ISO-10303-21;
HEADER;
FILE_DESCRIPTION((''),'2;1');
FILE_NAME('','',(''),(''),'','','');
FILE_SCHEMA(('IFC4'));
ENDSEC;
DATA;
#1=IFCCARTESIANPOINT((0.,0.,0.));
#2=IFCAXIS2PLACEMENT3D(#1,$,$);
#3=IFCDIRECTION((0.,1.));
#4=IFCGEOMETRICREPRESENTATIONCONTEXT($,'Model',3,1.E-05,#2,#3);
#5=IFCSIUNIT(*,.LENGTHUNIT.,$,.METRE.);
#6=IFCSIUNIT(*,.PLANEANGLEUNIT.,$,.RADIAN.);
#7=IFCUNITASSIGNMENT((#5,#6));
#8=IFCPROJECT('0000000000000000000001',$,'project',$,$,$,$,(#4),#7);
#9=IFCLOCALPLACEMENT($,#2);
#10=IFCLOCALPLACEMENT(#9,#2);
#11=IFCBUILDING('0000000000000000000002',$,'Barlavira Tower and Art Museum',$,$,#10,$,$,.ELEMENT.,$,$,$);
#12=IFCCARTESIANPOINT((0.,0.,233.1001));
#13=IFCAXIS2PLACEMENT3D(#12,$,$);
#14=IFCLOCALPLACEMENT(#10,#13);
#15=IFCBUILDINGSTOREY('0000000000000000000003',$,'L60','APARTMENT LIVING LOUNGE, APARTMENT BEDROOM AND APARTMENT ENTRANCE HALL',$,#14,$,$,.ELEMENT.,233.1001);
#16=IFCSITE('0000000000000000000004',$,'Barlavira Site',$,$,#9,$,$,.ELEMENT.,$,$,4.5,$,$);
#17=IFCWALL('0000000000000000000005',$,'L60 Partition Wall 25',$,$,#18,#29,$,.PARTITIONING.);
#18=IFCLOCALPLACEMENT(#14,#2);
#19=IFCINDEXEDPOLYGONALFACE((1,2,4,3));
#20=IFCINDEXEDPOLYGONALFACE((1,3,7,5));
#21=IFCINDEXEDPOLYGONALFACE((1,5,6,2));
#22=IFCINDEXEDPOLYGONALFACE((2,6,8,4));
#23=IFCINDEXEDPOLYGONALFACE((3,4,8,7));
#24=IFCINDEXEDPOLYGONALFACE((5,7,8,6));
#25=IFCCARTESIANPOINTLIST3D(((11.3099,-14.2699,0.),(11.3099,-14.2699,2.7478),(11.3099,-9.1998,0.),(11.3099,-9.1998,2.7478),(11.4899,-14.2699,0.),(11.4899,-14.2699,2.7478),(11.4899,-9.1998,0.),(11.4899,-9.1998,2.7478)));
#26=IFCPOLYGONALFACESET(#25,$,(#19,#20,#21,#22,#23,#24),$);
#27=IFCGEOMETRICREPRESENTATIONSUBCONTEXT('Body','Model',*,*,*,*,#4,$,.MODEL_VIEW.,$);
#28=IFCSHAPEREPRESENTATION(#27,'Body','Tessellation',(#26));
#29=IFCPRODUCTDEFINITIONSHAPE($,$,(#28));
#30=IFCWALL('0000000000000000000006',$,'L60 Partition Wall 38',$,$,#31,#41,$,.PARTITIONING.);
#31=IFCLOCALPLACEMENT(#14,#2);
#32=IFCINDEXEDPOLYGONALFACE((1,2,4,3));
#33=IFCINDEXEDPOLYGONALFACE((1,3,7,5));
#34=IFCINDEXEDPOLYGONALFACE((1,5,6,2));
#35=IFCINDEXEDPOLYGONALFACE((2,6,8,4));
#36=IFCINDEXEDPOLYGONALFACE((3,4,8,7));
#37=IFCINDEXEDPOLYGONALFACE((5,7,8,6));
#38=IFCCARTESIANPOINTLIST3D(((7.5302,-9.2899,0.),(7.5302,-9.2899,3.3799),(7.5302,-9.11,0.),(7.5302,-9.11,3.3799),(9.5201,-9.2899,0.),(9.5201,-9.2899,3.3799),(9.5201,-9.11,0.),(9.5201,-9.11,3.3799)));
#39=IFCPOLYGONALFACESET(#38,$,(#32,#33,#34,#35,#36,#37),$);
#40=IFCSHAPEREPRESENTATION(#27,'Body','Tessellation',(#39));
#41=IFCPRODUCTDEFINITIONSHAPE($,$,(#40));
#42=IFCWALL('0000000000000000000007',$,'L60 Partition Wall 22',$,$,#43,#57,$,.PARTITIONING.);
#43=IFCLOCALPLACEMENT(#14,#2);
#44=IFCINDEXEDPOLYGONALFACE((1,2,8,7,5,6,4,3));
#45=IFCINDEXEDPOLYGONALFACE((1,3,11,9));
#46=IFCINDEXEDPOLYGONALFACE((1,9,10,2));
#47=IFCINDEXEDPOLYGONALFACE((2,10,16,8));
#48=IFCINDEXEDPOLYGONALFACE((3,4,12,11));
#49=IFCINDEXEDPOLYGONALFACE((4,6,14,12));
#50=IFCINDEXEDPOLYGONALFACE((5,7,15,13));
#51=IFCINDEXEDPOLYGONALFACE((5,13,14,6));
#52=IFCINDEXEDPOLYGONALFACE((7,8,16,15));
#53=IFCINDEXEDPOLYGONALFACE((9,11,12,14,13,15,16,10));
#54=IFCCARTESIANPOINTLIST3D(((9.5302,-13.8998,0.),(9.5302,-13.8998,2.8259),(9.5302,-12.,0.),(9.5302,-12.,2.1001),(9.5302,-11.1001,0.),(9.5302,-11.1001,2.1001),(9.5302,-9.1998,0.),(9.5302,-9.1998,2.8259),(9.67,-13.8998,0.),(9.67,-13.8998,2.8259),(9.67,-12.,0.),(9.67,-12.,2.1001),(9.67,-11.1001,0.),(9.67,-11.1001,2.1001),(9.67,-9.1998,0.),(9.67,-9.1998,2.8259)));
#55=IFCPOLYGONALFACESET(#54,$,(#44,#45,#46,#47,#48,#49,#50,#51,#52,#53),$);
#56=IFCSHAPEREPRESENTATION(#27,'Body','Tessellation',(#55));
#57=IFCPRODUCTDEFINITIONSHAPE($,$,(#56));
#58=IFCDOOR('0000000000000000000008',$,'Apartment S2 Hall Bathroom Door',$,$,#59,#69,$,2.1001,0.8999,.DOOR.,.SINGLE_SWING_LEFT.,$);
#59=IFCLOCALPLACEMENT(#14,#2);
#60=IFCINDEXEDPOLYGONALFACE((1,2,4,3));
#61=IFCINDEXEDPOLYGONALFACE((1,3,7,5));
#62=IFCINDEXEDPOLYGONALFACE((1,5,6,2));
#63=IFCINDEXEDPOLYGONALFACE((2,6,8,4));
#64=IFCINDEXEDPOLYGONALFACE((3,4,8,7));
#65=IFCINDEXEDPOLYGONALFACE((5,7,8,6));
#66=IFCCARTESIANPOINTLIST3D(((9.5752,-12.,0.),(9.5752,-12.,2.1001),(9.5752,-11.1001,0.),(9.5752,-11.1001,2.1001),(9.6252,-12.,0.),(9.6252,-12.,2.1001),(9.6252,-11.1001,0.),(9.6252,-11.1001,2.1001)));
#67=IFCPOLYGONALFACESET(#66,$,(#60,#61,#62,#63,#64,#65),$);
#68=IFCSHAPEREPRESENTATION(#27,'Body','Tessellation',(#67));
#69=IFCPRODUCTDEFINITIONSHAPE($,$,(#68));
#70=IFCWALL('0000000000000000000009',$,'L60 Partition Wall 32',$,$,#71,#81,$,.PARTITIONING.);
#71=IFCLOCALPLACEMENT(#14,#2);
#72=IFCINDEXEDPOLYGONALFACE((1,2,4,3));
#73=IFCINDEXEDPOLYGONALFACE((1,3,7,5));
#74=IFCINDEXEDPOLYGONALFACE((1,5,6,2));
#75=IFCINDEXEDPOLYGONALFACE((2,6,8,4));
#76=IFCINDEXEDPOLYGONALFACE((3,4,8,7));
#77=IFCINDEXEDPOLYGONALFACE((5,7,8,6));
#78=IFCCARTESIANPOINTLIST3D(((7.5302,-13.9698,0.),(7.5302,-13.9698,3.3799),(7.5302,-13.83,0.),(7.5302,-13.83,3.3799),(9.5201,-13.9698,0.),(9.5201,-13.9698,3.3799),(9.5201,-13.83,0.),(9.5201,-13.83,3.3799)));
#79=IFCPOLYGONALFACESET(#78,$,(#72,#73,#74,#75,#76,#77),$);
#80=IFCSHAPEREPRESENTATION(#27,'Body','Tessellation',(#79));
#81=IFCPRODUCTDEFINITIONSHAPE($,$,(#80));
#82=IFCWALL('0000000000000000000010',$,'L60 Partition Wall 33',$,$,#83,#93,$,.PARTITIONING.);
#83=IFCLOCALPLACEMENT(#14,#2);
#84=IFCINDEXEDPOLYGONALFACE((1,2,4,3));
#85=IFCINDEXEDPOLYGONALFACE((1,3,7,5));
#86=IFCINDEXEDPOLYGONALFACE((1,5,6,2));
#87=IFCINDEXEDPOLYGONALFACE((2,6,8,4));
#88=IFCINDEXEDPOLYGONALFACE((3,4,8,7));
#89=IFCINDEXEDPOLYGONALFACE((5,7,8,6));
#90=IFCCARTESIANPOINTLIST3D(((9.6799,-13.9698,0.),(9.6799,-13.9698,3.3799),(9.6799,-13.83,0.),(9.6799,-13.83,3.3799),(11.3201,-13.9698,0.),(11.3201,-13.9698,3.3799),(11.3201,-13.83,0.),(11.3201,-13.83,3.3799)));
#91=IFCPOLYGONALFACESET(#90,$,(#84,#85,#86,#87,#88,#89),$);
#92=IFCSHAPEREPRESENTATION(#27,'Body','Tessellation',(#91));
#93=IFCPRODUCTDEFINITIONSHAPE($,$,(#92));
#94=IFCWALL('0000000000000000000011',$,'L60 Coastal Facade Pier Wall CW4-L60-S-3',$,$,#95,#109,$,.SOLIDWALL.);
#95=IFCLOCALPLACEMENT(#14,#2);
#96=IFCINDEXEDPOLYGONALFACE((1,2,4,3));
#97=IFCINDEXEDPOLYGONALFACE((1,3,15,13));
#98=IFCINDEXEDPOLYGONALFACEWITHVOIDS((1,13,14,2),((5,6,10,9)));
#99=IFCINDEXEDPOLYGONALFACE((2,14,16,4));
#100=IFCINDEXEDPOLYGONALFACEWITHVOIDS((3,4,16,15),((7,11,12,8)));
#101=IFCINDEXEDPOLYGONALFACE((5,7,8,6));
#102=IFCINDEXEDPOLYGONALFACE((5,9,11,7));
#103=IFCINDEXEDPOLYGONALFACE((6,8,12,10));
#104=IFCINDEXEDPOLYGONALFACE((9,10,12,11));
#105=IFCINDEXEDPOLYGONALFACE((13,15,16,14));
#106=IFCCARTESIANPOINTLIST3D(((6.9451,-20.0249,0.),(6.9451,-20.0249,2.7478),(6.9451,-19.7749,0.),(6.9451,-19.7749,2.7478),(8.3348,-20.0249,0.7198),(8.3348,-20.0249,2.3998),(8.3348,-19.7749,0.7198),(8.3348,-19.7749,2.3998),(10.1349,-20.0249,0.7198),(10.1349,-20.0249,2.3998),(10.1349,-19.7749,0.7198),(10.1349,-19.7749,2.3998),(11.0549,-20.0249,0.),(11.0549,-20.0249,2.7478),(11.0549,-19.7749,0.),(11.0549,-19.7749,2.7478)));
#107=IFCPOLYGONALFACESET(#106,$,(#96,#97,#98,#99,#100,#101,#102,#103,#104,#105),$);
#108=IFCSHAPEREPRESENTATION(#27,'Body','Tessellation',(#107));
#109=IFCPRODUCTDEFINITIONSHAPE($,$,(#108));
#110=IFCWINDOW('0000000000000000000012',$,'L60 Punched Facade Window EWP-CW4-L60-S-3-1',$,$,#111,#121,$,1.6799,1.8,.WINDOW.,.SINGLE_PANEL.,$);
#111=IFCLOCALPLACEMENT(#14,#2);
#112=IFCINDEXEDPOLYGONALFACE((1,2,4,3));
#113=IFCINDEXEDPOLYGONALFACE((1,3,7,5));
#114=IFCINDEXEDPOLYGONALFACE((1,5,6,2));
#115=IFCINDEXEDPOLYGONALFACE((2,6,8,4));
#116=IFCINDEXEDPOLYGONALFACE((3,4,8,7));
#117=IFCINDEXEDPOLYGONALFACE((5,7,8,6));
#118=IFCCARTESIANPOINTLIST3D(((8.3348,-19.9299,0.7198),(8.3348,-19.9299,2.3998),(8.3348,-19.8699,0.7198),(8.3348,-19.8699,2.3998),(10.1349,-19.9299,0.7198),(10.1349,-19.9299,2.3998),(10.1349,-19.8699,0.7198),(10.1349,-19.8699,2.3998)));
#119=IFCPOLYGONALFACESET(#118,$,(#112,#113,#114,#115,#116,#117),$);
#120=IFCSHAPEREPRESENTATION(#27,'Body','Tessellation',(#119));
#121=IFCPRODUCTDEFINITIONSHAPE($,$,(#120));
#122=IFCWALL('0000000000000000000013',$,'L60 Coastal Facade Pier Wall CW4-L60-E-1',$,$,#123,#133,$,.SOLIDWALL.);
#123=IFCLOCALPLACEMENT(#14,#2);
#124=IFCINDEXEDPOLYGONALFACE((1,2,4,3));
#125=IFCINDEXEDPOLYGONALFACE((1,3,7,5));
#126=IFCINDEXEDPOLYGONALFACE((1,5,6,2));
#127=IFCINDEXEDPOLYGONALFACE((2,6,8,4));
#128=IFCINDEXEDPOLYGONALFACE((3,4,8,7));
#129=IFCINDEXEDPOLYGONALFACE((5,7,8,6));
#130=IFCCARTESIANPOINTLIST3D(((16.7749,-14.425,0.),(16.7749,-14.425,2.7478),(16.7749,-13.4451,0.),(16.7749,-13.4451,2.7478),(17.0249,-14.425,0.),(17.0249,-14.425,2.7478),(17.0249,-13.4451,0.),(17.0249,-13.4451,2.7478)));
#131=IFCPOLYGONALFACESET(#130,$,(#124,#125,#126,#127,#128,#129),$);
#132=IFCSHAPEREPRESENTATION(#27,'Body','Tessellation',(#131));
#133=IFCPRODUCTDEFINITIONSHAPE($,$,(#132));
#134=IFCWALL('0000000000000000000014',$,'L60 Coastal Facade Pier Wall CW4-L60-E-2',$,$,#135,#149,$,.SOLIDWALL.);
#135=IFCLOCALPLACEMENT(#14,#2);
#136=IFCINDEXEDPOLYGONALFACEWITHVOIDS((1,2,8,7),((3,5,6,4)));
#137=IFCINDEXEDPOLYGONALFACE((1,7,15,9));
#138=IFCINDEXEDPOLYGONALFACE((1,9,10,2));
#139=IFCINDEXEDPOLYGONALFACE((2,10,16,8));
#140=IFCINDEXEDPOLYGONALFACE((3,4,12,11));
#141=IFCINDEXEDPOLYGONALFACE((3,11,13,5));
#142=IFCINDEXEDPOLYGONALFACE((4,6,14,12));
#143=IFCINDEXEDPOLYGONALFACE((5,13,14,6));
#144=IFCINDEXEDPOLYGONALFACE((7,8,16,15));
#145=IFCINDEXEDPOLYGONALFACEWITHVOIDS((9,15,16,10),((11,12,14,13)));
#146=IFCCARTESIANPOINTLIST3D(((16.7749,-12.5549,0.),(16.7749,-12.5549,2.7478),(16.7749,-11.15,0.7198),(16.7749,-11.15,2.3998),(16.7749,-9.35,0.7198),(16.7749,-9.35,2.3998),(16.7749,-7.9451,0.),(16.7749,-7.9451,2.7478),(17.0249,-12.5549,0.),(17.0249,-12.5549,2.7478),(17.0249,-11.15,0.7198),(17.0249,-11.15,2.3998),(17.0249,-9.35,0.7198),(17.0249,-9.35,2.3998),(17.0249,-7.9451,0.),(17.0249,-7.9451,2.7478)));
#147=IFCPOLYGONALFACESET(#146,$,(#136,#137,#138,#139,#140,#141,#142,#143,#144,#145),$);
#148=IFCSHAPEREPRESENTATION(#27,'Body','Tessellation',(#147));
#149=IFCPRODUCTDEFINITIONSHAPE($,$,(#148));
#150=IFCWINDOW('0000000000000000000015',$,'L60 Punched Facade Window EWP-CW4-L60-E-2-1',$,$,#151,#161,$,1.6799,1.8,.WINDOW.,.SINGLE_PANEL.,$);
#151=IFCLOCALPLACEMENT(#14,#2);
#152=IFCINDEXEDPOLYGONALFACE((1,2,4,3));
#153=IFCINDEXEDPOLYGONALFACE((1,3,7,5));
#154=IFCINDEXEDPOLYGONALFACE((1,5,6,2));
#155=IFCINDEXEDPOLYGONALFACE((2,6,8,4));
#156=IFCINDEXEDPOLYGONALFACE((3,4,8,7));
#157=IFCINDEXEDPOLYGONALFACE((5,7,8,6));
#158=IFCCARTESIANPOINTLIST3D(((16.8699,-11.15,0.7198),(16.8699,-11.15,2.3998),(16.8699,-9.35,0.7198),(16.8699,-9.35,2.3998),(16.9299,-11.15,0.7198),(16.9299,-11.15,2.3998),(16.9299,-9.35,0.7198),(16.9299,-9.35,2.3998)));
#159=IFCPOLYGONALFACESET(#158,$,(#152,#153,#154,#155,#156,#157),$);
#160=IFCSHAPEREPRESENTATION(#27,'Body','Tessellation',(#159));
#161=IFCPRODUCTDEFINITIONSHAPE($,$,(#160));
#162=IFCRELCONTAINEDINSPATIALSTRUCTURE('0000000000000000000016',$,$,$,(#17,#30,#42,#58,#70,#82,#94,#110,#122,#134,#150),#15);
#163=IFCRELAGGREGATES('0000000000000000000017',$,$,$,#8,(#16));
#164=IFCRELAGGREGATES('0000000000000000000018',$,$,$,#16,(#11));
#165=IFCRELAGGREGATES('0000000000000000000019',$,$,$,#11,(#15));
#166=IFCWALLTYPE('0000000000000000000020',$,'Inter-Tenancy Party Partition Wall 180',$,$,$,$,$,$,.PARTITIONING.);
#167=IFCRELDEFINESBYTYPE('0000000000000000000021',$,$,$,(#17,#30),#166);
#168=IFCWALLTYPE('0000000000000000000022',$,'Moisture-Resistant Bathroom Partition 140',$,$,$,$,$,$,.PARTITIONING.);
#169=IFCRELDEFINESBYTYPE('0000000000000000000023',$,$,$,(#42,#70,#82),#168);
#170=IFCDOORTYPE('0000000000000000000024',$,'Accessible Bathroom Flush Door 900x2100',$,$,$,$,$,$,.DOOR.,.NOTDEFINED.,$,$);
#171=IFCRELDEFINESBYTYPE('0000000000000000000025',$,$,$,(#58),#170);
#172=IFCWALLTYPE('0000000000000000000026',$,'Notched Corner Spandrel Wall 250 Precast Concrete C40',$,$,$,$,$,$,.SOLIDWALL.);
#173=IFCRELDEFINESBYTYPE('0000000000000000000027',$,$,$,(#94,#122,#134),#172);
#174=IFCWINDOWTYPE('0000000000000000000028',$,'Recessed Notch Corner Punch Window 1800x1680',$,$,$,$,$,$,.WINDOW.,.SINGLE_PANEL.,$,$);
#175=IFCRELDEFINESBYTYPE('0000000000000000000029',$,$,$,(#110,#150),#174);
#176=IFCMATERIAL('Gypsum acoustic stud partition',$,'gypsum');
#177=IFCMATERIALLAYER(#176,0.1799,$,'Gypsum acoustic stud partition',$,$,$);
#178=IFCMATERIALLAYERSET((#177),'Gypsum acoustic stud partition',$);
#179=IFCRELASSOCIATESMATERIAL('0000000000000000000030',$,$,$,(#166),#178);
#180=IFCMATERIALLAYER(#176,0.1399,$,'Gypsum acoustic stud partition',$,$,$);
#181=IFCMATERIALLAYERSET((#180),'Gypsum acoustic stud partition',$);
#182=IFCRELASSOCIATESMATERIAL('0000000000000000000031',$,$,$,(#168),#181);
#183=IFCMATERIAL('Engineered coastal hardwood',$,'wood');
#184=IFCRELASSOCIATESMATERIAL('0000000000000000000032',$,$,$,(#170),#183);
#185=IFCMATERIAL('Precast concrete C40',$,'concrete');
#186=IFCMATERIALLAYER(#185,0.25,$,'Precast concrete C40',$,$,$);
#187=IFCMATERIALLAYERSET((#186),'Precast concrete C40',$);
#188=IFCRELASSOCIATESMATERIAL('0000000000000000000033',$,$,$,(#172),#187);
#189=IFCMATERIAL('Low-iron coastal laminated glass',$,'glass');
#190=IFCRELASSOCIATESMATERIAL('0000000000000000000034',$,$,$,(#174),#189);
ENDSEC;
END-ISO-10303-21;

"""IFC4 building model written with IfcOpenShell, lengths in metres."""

from ifc_helpers import new_model, si_unit, direction, frame, frame_2d, origin, place, context, subcontext, project, spatial, rectangle, extrude, material, layer, layer_set, type_object, element, fill, save


model = new_model("IFC4")

# Units and contexts
model_context = context("Model", 3, precision=1e-05, world=origin(), true_north=direction((0.0, 1.0)))
body_context = subcontext(model_context, "Body", "Model", "MODEL_VIEW")
ifc_project = project(units=[si_unit("LENGTHUNIT", "METRE"), si_unit("PLANEANGLEUNIT", "RADIAN")], contexts=[model_context])

# Site, building, storey
site_placement = place(None, origin())
site = spatial("IfcSite", under=ifc_project, at=site_placement, Name="Barlavira Site", CompositionType="ELEMENT", RefElevation=4.5)
building_placement = place(site_placement, origin())
building = spatial("IfcBuilding", under=site, at=building_placement, Name="Barlavira Tower and Art Museum", CompositionType="ELEMENT")
storey_placement = place(building_placement, frame((0.0, 0.0, 233.1001)))
storey = spatial("IfcBuildingStorey", under=building, at=storey_placement, Name="L60", Description="APARTMENT LIVING LOUNGE, APARTMENT BEDROOM AND APARTMENT ENTRANCE HALL", CompositionType="ELEMENT", Elevation=233.1001)

# Shared definitions
ifc_material_1 = material(Name="Gypsum acoustic stud partition", Category="gypsum")
ifc_material_2 = material(Name="Engineered coastal hardwood", Category="wood")

# Walls
ifc_layer_1 = layer(ifc_material_1, 0.1799, Name="Gypsum acoustic stud partition")
ifc_layer_set_1 = layer_set([ifc_layer_1], Name="Gypsum acoustic stud partition")
wall_type_1 = type_object("IfcWallType", Name="Inter-Tenancy Party Partition Wall 180", PredefinedType="PARTITIONING", material=ifc_layer_set_1)
wall_1_placement = place(storey_placement, frame((11.3999, -14.27, 0.0), z_axis=(0.0, 0.0, 1.0), x_axis=(0.0, 1.0, 0.0)))
element("IfcWall", 1, at=wall_1_placement, inside=storey, type_object=wall_type_1, Name="L60 Partition Wall 25", PredefinedType="PARTITIONING", context=body_context, shape_type="SweptSolid", body=[
    extrude(rectangle(XDim=5.0701, YDim=0.1799, at=frame_2d((2.5352, 0.0))), origin(), (0.0, 0.0, 1.0), 2.7478),
])
wall_2_placement = place(storey_placement, frame((7.53, -9.2, 0.0), z_axis=(0.0, 0.0, 1.0), x_axis=(1.0, 0.0, 0.0)))
element("IfcWall", 2, at=wall_2_placement, inside=storey, type_object=wall_type_1, Name="L60 Partition Wall 38", PredefinedType="PARTITIONING", context=body_context, shape_type="SweptSolid", body=[
    extrude(rectangle(XDim=1.99, YDim=0.1799, at=frame_2d((0.9951, 0.0))), origin(), (0.0, 0.0, 1.0), 3.3799),
])

# Wall, opening, door
ifc_layer_2 = layer(ifc_material_1, 0.1399, Name="Gypsum acoustic stud partition")
ifc_layer_set_2 = layer_set([ifc_layer_2], Name="Gypsum acoustic stud partition")
wall_type_2 = type_object("IfcWallType", Name="Moisture-Resistant Bathroom Partition 140", PredefinedType="PARTITIONING", material=ifc_layer_set_2)
wall_3_placement = place(storey_placement, frame((9.6001, -13.8999, 0.0), z_axis=(0.0, 0.0, 1.0), x_axis=(0.0, 1.0, 0.0)))
wall_3 = element("IfcWall", 3, at=wall_3_placement, inside=storey, type_object=wall_type_2, Name="L60 Partition Wall 22", PredefinedType="PARTITIONING", context=body_context, shape_type="SweptSolid", body=[
    extrude(rectangle(XDim=4.7, YDim=0.1399, at=frame_2d((2.3501, 0.0))), origin(), (0.0, 0.0, 1.0), 2.8259),
])
opening_1_placement = place(wall_3_placement, frame((1.8999, 0.0, 0.0)))
opening_1 = element("IfcOpeningElement", 4, at=opening_1_placement, cuts=wall_3, PredefinedType="OPENING", context=body_context, shape_type="SweptSolid", body=[
    extrude(rectangle(XDim=0.8999, YDim=2.1001, at=frame_2d((0.45, 1.05))), frame((0.0, 0.0801, 0.0), z_axis=(0.0, -1.0, 0.0), x_axis=(1.0, 0.0, 0.0)), (0.0, 0.0, 1.0), 0.1599),
])
door_type_1 = type_object("IfcDoorType", Name="Accessible Bathroom Flush Door 900x2100", OperationType="NOTDEFINED", PredefinedType="DOOR", material=ifc_material_2)
door_1_placement = place(opening_1_placement, origin())
door_1 = element("IfcDoor", 5, at=door_1_placement, inside=storey, type_object=door_type_1, Name="Apartment S2 Hall Bathroom Door", OperationType="SINGLE_SWING_LEFT", OverallHeight=2.1001, OverallWidth=0.8999, PredefinedType="DOOR", context=body_context, shape_type="SweptSolid", body=[
    extrude(rectangle(XDim=0.8999, YDim=2.1001, at=frame_2d((0.45, 1.05))), frame((0.0, 0.0249, 0.0), z_axis=(0.0, -1.0, 0.0), x_axis=(1.0, 0.0, 0.0)), (0.0, 0.0, 1.0), 0.05),
])
fill(opening_1, door_1)

# Walls
wall_4_placement = place(storey_placement, frame((7.53, -13.8999, 0.0), z_axis=(0.0, 0.0, 1.0), x_axis=(1.0, 0.0, 0.0)))
element("IfcWall", 6, at=wall_4_placement, inside=storey, type_object=wall_type_2, Name="L60 Partition Wall 32", PredefinedType="PARTITIONING", context=body_context, shape_type="SweptSolid", body=[
    extrude(rectangle(XDim=1.99, YDim=0.1399, at=frame_2d((0.9951, 0.0))), origin(), (0.0, 0.0, 1.0), 3.3799),
])
wall_5_placement = place(storey_placement, frame((9.6799, -13.8999, 0.0), z_axis=(0.0, 0.0, 1.0), x_axis=(1.0, 0.0, 0.0)))
element("IfcWall", 7, at=wall_5_placement, inside=storey, type_object=wall_type_2, Name="L60 Partition Wall 33", PredefinedType="PARTITIONING", context=body_context, shape_type="SweptSolid", body=[
    extrude(rectangle(XDim=1.6401, YDim=0.1399, at=frame_2d((0.8201, 0.0))), origin(), (0.0, 0.0, 1.0), 3.3799),
])

# Wall, opening, window
ifc_material_3 = material(Name="Precast concrete C40", Category="concrete")
ifc_layer_3 = layer(ifc_material_3, 0.25, Name="Precast concrete C40")
ifc_layer_set_3 = layer_set([ifc_layer_3], Name="Precast concrete C40")
wall_type_3 = type_object("IfcWallType", Name="Notched Corner Spandrel Wall 250 Precast Concrete C40", PredefinedType="SOLIDWALL", material=ifc_layer_set_3)
wall_6_placement = place(storey_placement, frame((6.9451, -19.8999, 0.0), z_axis=(0.0, 0.0, 1.0), x_axis=(1.0, 0.0, 0.0)))
wall_6 = element("IfcWall", 8, at=wall_6_placement, inside=storey, type_object=wall_type_3, Name="L60 Coastal Facade Pier Wall CW4-L60-S-3", PredefinedType="SOLIDWALL", context=body_context, shape_type="SweptSolid", body=[
    extrude(rectangle(XDim=4.1099, YDim=0.25, at=frame_2d((2.0549, 0.0))), origin(), (0.0, 0.0, 1.0), 2.7478),
])
opening_2_placement = place(wall_6_placement, frame((1.3899, 0.0, 0.72)))
opening_2 = element("IfcOpeningElement", 9, at=opening_2_placement, cuts=wall_6, PredefinedType="OPENING", context=body_context, shape_type="SweptSolid", body=[
    extrude(rectangle(XDim=1.8, YDim=1.6799, at=frame_2d((0.8999, 0.8398))), frame((0.0, 0.135, 0.0), z_axis=(0.0, -1.0, 0.0), x_axis=(1.0, 0.0, 0.0)), (0.0, 0.0, 1.0), 0.27),
])
ifc_material_4 = material(Name="Low-iron coastal laminated glass", Category="glass")
window_type = type_object("IfcWindowType", Name="Recessed Notch Corner Punch Window 1800x1680", PartitioningType="SINGLE_PANEL", PredefinedType="WINDOW", material=ifc_material_4)
window_1_placement = place(opening_2_placement, origin())
window_1 = element("IfcWindow", 10, at=window_1_placement, inside=storey, type_object=window_type, Name="L60 Punched Facade Window EWP-CW4-L60-S-3-1", OverallHeight=1.6799, OverallWidth=1.8, PartitioningType="SINGLE_PANEL", PredefinedType="WINDOW", context=body_context, shape_type="SweptSolid", body=[
    extrude(rectangle(XDim=1.8, YDim=1.6799, at=frame_2d((0.8999, 0.8398))), frame((0.0, 0.03, 0.0), z_axis=(0.0, -1.0, 0.0), x_axis=(1.0, 0.0, 0.0)), (0.0, 0.0, 1.0), 0.0601),
])
fill(opening_2, window_1)

# Wall
wall_7_placement = place(storey_placement, frame((16.8999, -14.425, 0.0), z_axis=(0.0, 0.0, 1.0), x_axis=(0.0, 1.0, 0.0)))
element("IfcWall", 11, at=wall_7_placement, inside=storey, type_object=wall_type_3, Name="L60 Coastal Facade Pier Wall CW4-L60-E-1", PredefinedType="SOLIDWALL", context=body_context, shape_type="SweptSolid", body=[
    extrude(rectangle(XDim=0.98, YDim=0.25, at=frame_2d((0.49, 0.0))), origin(), (0.0, 0.0, 1.0), 2.7478),
])

# Wall, opening, window
wall_8_placement = place(storey_placement, frame((16.8999, -12.5549, 0.0), z_axis=(0.0, 0.0, 1.0), x_axis=(0.0, 1.0, 0.0)))
wall_8 = element("IfcWall", 12, at=wall_8_placement, inside=storey, type_object=wall_type_3, Name="L60 Coastal Facade Pier Wall CW4-L60-E-2", PredefinedType="SOLIDWALL", context=body_context, shape_type="SweptSolid", body=[
    extrude(rectangle(XDim=4.6099, YDim=0.25, at=frame_2d((2.3049, 0.0))), origin(), (0.0, 0.0, 1.0), 2.7478),
])
opening_3_placement = place(wall_8_placement, frame((1.405, 0.0, 0.72)))
opening_3 = element("IfcOpeningElement", 13, at=opening_3_placement, cuts=wall_8, PredefinedType="OPENING", context=body_context, shape_type="SweptSolid", body=[
    extrude(rectangle(XDim=1.8, YDim=1.6799, at=frame_2d((0.8999, 0.8398))), frame((0.0, 0.135, 0.0), z_axis=(0.0, -1.0, 0.0), x_axis=(1.0, 0.0, 0.0)), (0.0, 0.0, 1.0), 0.27),
])
window_2_placement = place(opening_3_placement, origin())
window_2 = element("IfcWindow", 14, at=window_2_placement, inside=storey, type_object=window_type, Name="L60 Punched Facade Window EWP-CW4-L60-E-2-1", OverallHeight=1.6799, OverallWidth=1.8, PartitioningType="SINGLE_PANEL", PredefinedType="WINDOW", context=body_context, shape_type="SweptSolid", body=[
    extrude(rectangle(XDim=1.8, YDim=1.6799, at=frame_2d((0.8999, 0.8398))), frame((0.0, 0.03, 0.0), z_axis=(0.0, -1.0, 0.0), x_axis=(1.0, 0.0, 0.0)), (0.0, 0.0, 1.0), 0.0601),
])
fill(opening_3, window_2)

save(model, "model.ifc")
